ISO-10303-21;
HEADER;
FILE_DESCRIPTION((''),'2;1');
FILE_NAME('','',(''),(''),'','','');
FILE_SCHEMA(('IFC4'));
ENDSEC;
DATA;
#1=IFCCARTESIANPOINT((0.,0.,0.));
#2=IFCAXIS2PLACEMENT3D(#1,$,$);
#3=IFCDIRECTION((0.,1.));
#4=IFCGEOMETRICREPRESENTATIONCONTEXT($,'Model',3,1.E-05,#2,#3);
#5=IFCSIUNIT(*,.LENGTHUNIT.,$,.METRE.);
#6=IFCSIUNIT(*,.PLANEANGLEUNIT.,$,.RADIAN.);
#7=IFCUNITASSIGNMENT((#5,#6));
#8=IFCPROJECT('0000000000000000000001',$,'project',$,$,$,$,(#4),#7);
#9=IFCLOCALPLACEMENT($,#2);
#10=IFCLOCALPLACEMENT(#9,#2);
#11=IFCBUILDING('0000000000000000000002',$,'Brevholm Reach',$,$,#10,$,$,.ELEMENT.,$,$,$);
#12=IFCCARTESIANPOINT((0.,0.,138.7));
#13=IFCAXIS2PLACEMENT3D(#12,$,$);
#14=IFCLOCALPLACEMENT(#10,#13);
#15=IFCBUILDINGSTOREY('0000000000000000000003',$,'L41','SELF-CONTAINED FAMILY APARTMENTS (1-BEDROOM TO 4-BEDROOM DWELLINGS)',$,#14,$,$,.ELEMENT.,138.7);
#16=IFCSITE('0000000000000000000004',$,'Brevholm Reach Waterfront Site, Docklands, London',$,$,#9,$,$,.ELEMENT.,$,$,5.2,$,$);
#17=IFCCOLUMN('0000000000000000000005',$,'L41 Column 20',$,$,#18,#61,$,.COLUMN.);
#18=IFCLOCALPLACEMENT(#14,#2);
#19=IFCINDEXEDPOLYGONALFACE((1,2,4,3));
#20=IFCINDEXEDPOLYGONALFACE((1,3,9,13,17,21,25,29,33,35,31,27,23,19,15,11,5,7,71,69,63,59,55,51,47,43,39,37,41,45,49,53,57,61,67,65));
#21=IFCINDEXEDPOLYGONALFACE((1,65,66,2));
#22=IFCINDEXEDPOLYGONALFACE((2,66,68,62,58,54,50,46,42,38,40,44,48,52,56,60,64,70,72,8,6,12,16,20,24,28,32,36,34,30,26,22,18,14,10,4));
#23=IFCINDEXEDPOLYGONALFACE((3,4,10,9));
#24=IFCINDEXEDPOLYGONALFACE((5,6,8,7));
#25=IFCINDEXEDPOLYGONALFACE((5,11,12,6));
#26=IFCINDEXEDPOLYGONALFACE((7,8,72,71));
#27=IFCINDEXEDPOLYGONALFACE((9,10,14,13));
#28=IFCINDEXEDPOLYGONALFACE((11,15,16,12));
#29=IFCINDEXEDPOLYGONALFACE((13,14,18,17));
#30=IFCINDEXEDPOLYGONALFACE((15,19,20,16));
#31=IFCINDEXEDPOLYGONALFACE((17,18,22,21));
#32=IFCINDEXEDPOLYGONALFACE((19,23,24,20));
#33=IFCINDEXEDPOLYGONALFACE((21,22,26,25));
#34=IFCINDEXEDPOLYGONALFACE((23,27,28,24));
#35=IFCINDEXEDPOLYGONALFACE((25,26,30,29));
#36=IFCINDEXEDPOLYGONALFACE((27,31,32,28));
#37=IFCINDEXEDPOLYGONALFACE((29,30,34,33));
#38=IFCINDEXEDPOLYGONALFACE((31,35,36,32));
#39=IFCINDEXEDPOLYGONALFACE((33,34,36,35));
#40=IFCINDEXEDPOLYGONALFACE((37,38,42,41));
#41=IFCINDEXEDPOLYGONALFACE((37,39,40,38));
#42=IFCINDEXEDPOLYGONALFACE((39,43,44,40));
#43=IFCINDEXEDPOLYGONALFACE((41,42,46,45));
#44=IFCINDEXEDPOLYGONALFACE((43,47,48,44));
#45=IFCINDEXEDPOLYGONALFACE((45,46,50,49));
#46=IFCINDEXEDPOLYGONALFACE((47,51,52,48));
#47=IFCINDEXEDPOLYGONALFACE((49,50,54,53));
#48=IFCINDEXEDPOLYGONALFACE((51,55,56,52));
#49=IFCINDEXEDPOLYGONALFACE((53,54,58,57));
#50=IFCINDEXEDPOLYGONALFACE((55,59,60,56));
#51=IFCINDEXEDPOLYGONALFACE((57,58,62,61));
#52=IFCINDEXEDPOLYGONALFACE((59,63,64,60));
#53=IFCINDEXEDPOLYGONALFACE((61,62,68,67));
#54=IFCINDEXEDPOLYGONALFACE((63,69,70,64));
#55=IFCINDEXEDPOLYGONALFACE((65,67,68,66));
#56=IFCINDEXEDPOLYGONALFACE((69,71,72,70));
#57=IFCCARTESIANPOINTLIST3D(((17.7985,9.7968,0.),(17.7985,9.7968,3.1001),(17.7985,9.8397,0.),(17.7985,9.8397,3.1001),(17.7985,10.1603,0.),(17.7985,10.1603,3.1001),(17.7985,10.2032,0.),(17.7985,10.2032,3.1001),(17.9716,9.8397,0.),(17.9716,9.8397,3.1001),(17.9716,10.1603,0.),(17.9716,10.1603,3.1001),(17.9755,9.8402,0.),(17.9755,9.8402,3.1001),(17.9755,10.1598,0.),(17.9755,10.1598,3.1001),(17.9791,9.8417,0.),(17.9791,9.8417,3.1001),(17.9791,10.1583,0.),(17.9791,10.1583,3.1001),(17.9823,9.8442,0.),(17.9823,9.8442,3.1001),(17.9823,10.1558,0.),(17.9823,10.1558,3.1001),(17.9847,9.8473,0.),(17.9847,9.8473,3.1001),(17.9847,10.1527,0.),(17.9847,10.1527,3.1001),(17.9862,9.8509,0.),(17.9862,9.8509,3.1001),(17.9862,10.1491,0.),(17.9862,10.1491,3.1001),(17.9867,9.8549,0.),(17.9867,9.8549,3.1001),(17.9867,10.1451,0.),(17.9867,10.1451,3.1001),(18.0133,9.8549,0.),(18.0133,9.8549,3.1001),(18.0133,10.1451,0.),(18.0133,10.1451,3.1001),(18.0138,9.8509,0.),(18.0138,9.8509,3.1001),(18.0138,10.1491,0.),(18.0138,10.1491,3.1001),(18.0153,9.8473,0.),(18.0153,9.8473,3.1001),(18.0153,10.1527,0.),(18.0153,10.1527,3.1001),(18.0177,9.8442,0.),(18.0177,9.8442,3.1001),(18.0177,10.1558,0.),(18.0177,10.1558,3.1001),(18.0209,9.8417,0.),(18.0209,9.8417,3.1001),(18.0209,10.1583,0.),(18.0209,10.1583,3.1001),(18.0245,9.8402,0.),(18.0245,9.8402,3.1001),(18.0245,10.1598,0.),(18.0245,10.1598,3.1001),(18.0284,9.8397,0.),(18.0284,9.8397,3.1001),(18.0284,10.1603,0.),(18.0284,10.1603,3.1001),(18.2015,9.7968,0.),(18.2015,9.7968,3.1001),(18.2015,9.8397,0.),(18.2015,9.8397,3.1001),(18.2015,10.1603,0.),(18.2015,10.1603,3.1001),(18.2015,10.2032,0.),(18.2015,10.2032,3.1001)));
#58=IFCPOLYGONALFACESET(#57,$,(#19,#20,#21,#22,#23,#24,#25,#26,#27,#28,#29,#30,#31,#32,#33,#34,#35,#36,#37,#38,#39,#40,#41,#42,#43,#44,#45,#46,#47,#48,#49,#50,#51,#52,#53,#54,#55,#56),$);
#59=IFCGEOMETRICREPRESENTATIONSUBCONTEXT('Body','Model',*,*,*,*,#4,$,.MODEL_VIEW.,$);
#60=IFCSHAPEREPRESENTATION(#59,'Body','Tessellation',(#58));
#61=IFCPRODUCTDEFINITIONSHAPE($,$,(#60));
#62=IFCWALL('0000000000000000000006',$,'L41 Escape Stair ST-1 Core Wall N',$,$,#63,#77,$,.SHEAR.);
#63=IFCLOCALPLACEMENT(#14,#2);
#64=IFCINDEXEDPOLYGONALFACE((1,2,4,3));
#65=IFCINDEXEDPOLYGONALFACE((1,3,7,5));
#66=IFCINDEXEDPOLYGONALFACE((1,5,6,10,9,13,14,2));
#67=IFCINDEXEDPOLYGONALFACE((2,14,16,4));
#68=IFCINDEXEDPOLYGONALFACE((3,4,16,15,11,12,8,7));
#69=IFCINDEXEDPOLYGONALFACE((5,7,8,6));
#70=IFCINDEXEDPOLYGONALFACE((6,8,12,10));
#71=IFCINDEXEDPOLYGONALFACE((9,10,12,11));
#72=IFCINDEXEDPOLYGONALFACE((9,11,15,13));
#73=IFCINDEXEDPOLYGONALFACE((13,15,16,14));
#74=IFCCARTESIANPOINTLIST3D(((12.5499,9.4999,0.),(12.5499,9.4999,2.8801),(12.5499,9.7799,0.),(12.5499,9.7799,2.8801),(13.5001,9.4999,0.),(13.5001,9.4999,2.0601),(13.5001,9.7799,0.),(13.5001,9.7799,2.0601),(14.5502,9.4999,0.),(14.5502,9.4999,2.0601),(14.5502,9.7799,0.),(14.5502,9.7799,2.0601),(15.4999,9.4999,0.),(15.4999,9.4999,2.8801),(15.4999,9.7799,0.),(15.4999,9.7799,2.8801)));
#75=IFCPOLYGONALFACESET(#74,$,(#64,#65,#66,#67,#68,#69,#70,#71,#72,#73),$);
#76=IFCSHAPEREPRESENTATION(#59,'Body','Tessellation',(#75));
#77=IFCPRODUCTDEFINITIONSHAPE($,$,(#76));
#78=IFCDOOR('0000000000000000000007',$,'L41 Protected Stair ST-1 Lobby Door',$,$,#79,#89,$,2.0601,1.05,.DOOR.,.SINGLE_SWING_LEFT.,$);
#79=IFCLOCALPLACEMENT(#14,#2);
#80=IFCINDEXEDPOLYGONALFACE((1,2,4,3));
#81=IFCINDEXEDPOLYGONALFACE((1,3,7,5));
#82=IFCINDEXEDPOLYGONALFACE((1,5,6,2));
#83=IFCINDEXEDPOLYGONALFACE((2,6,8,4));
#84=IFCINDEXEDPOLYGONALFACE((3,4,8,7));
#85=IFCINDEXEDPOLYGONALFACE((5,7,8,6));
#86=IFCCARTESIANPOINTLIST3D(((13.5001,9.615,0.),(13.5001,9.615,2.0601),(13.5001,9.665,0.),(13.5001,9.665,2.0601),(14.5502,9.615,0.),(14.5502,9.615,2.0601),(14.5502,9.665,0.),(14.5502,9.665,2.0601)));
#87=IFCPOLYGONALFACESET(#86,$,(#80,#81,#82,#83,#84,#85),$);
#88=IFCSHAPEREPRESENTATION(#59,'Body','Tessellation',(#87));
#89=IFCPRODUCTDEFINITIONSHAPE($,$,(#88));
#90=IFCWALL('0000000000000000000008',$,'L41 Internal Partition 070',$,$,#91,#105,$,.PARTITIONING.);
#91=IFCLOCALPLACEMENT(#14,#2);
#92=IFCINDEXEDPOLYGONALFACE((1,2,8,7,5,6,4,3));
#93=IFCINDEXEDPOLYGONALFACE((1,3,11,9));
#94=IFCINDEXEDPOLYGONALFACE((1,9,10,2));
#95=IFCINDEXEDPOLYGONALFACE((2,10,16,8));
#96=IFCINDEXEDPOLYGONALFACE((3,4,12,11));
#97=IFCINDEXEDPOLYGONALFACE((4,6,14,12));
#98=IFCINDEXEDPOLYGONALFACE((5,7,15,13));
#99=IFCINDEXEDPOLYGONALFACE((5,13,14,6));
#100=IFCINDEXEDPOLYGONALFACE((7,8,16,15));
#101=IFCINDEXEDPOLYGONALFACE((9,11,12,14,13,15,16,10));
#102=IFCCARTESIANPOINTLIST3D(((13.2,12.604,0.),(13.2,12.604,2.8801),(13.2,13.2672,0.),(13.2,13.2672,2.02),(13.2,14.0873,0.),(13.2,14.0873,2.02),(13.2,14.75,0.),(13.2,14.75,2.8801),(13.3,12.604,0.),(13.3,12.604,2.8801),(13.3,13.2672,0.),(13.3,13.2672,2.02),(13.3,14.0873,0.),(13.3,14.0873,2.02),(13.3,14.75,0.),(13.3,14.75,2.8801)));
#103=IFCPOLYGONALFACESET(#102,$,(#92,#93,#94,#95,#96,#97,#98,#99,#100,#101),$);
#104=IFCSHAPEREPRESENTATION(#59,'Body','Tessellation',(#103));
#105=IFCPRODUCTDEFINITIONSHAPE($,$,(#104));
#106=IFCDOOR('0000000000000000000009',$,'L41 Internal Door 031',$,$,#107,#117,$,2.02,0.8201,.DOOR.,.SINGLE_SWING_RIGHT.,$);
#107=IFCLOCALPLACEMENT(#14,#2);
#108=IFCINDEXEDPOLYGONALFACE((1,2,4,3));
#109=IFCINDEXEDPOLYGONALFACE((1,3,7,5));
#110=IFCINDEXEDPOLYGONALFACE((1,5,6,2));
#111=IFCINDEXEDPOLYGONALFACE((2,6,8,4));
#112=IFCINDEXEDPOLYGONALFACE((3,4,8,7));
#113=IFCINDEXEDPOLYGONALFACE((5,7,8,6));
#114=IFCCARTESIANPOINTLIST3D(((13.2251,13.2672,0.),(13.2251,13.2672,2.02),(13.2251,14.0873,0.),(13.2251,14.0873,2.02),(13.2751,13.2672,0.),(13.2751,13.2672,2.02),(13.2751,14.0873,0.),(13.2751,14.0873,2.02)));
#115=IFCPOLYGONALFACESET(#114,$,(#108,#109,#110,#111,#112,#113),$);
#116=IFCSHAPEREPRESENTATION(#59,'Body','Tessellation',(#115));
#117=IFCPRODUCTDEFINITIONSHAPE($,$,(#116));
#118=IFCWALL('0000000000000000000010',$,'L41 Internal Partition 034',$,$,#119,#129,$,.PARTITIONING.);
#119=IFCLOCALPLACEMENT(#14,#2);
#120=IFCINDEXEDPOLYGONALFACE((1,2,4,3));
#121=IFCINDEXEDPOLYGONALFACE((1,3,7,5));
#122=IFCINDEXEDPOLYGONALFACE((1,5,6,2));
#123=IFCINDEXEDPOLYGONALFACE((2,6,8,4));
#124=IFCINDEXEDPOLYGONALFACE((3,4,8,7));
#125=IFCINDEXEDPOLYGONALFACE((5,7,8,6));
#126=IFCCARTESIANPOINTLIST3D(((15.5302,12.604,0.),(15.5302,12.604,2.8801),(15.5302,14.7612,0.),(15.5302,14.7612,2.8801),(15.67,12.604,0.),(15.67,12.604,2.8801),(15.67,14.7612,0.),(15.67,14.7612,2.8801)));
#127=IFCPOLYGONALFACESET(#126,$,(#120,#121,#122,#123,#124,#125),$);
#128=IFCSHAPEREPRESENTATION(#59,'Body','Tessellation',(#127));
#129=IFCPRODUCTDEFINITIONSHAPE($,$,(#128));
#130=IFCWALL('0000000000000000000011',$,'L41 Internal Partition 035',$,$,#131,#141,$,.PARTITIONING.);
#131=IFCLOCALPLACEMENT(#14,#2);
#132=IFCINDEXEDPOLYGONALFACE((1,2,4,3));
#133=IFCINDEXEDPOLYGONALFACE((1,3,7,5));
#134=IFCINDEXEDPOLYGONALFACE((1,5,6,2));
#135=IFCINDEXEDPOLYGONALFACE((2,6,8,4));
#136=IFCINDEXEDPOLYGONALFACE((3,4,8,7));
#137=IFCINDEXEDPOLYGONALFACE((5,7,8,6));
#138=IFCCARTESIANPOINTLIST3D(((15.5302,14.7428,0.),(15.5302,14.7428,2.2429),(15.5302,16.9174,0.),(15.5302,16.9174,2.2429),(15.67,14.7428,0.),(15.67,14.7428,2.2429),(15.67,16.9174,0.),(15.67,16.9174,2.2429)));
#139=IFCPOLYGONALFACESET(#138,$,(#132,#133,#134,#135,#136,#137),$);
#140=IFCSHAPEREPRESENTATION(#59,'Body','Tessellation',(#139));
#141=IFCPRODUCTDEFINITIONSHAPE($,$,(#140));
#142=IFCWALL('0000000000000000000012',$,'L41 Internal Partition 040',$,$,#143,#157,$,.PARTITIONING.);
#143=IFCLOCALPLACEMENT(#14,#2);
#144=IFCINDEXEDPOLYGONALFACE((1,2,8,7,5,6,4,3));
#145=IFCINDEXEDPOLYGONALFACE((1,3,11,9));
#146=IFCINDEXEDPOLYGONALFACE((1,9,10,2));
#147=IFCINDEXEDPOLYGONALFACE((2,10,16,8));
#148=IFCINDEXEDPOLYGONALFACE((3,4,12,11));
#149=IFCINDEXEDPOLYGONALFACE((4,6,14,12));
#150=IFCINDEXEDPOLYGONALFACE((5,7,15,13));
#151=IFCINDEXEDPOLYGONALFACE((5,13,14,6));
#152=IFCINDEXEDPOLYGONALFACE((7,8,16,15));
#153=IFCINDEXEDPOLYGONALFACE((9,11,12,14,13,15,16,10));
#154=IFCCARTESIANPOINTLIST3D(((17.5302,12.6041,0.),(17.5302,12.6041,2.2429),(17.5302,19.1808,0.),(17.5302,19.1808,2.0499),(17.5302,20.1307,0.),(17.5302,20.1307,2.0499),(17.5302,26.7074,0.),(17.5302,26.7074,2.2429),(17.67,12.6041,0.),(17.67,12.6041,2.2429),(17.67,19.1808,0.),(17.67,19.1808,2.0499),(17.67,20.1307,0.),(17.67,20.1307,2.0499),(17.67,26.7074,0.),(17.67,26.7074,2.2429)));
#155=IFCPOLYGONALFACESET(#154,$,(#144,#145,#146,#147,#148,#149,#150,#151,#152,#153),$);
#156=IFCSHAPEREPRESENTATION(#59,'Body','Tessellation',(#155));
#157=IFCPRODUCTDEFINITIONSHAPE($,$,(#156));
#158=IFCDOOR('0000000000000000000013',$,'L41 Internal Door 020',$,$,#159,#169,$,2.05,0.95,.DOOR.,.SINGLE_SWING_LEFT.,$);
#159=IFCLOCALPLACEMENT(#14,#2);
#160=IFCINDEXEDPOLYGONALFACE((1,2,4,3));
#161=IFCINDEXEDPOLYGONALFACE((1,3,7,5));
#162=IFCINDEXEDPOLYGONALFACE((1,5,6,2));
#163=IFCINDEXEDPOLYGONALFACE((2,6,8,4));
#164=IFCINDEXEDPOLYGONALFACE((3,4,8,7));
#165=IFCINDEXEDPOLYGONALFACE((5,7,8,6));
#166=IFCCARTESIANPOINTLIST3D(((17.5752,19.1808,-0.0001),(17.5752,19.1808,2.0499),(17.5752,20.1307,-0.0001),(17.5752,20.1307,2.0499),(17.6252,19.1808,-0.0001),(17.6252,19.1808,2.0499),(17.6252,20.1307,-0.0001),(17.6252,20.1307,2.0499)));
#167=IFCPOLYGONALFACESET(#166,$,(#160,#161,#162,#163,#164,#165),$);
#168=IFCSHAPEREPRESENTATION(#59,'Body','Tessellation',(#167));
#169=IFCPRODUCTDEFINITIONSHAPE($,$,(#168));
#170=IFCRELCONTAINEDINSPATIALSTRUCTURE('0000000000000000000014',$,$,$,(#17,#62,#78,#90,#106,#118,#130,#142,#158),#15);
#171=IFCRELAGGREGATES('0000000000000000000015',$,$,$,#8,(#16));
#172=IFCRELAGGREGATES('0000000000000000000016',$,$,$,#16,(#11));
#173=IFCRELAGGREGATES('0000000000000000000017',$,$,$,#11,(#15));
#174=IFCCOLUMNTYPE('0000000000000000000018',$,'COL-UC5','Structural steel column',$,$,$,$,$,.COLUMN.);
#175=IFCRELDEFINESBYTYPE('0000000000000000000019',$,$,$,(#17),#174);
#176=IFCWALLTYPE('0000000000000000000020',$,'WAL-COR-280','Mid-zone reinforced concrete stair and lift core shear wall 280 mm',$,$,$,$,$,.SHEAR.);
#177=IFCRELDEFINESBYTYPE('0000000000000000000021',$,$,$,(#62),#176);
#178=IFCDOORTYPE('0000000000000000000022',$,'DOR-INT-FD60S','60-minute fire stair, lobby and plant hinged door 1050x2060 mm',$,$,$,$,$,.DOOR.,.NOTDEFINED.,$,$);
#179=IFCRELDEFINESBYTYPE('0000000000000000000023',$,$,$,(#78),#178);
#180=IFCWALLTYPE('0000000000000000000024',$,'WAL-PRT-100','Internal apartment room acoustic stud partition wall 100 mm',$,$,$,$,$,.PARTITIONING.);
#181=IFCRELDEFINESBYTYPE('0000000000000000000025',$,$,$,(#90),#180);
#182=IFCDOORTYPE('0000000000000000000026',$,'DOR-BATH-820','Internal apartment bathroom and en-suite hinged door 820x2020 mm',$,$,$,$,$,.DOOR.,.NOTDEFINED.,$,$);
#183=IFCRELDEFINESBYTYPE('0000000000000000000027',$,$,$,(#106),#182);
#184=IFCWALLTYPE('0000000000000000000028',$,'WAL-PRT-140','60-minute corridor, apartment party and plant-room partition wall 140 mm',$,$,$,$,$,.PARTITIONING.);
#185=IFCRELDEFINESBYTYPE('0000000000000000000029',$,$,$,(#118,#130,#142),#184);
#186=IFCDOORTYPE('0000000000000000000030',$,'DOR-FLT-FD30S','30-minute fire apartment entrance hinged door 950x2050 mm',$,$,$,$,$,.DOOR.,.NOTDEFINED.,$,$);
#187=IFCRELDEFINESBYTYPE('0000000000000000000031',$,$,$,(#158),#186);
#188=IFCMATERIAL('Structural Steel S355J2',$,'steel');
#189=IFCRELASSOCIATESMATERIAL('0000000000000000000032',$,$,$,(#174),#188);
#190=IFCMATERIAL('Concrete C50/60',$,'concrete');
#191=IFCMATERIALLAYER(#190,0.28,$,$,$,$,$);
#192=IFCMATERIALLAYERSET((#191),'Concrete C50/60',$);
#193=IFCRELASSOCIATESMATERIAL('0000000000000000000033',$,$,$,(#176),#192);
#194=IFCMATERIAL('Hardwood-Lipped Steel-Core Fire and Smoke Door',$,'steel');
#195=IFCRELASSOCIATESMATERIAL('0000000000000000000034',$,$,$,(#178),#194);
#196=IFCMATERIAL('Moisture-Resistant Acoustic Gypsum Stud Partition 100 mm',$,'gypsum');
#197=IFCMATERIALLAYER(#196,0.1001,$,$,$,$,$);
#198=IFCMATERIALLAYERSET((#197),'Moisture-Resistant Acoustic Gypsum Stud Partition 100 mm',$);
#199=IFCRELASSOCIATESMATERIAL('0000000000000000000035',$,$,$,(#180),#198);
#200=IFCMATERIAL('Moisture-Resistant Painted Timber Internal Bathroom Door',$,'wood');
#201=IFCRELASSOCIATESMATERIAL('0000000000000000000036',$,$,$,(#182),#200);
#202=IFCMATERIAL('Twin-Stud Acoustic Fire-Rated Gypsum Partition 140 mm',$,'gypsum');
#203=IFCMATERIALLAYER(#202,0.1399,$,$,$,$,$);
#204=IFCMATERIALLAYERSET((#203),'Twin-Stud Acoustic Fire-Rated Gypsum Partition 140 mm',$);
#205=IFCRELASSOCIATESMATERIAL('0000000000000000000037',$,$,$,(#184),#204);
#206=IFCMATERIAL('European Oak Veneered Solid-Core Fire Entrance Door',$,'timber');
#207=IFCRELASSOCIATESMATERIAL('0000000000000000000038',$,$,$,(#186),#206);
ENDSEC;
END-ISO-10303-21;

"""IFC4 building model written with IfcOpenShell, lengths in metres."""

from ifc_helpers import new_model, si_unit, direction, frame, frame_2d, origin, origin_2d, place, context, subcontext, project, spatial, rectangle, i_section, extrude, material, layer, layer_set, material_profile, profile_set, type_object, element, fill, save


model = new_model("IFC4")

# Units and contexts
model_context = context("Model", 3, precision=1e-05, world=origin(), true_north=direction((0.0, 1.0)))
body_context = subcontext(model_context, "Body", "Model", "MODEL_VIEW")
ifc_project = project(units=[si_unit("LENGTHUNIT", "METRE"), si_unit("PLANEANGLEUNIT", "RADIAN")], contexts=[model_context])

# Site, building, storey
site_placement = place(None, origin())
site = spatial("IfcSite", under=ifc_project, at=site_placement, Name="Brevholm Reach Waterfront Site, Docklands, London", CompositionType="ELEMENT", RefElevation=5.2)
building_placement = place(site_placement, origin())
building = spatial("IfcBuilding", under=site, at=building_placement, Name="Brevholm Reach", CompositionType="ELEMENT")
storey_placement = place(building_placement, frame((0.0, 0.0, 138.7)))
storey = spatial("IfcBuildingStorey", under=building, at=storey_placement, Name="L41", Description="SELF-CONTAINED FAMILY APARTMENTS (1-BEDROOM TO 4-BEDROOM DWELLINGS)", CompositionType="ELEMENT", Elevation=138.7)

# Column
ifc_material_1 = material(Name="Structural Steel S355J2", Category="steel")
ifc_material_profile = material_profile(ifc_material_1, i_section(OverallWidth=0.4031, OverallDepth=0.4065, WebThickness=0.0266, FlangeThickness=0.043, FilletRadius=0.0151, at=origin_2d()), Name="UKC 356x406x340")
ifc_profile_set = profile_set([ifc_material_profile], Name="Structural Steel S355J2")
column_type = type_object("IfcColumnType", Name="COL-UC5", Description="Structural steel column", PredefinedType="COLUMN", material=ifc_profile_set)
column_placement = place(storey_placement, frame((18.0, 10.0, 0.0), z_axis=(0.0, 0.0, 1.0), x_axis=(1.0, 0.0, 0.0)))
element("IfcColumn", 1, at=column_placement, inside=storey, type_object=column_type, Name="L41 Column 20", PredefinedType="COLUMN", context=body_context, shape_type="SweptSolid", body=[
    extrude(i_section(OverallWidth=0.4031, OverallDepth=0.4065, WebThickness=0.0266, FlangeThickness=0.043, FilletRadius=0.0151, at=origin_2d()), origin(), (0.0, 0.0, 1.0), 3.1001),
])

# Walls, openings, doors
ifc_material_2 = material(Name="Concrete C50/60", Category="concrete")
ifc_layer_1 = layer(ifc_material_2, 0.28)
ifc_layer_set_1 = layer_set([ifc_layer_1], Name="Concrete C50/60")
wall_type_1 = type_object("IfcWallType", Name="WAL-COR-280", Description="Mid-zone reinforced concrete stair and lift core shear wall 280 mm", PredefinedType="SHEAR", material=ifc_layer_set_1)
wall_1_placement = place(storey_placement, frame((15.5, 9.6399, 0.0), z_axis=(0.0, 0.0, 1.0), x_axis=(-1.0, 0.0, 0.0)))
wall_1 = element("IfcWall", 2, at=wall_1_placement, inside=storey, type_object=wall_type_1, Name="L41 Escape Stair ST-1 Core Wall N", PredefinedType="SHEAR", context=body_context, shape_type="SweptSolid", body=[
    extrude(rectangle(XDim=2.95, YDim=0.28, at=frame_2d((1.4751, 0.0))), origin(), (0.0, 0.0, 1.0), 2.8801),
])
opening_1_placement = place(wall_1_placement, frame((0.95, 0.0, 0.0)))
opening_1 = element("IfcOpeningElement", 3, at=opening_1_placement, cuts=wall_1, PredefinedType="OPENING", context=body_context, shape_type="SweptSolid", body=[
    extrude(rectangle(XDim=1.05, YDim=2.0601, at=frame_2d((0.5249, 1.03))), frame((0.0, 0.1499, 0.0), z_axis=(0.0, -1.0, 0.0), x_axis=(1.0, 0.0, 0.0)), (0.0, 0.0, 1.0), 0.3),
])
ifc_material_3 = material(Name="Hardwood-Lipped Steel-Core Fire and Smoke Door", Category="steel")
door_type_1 = type_object("IfcDoorType", Name="DOR-INT-FD60S", Description="60-minute fire stair, lobby and plant hinged door 1050x2060 mm", OperationType="NOTDEFINED", PredefinedType="DOOR", material=ifc_material_3)
door_1_placement = place(opening_1_placement, origin())
door_1 = element("IfcDoor", 4, at=door_1_placement, inside=storey, type_object=door_type_1, Name="L41 Protected Stair ST-1 Lobby Door", OperationType="SINGLE_SWING_LEFT", OverallHeight=2.0601, OverallWidth=1.05, PredefinedType="DOOR", context=body_context, shape_type="SweptSolid", body=[
    extrude(rectangle(XDim=1.05, YDim=2.0601, at=frame_2d((0.5249, 1.03))), frame((0.0, 0.0249, 0.0), z_axis=(0.0, -1.0, 0.0), x_axis=(1.0, 0.0, 0.0)), (0.0, 0.0, 1.0), 0.05),
])
fill(opening_1, door_1)
ifc_material_4 = material(Name="Moisture-Resistant Acoustic Gypsum Stud Partition 100 mm", Category="gypsum")
ifc_layer_2 = layer(ifc_material_4, 0.1001)
ifc_layer_set_2 = layer_set([ifc_layer_2], Name="Moisture-Resistant Acoustic Gypsum Stud Partition 100 mm")
wall_type_2 = type_object("IfcWallType", Name="WAL-PRT-100", Description="Internal apartment room acoustic stud partition wall 100 mm", PredefinedType="PARTITIONING", material=ifc_layer_set_2)
wall_2_placement = place(storey_placement, frame((13.25, 12.604, 0.0), z_axis=(0.0, 0.0, 1.0), x_axis=(0.0, 1.0, 0.0)))
wall_2 = element("IfcWall", 5, at=wall_2_placement, inside=storey, type_object=wall_type_2, Name="L41 Internal Partition 070", PredefinedType="PARTITIONING", context=body_context, shape_type="SweptSolid", body=[
    extrude(rectangle(XDim=2.146, YDim=0.1001, at=frame_2d((1.073, 0.0))), origin(), (0.0, 0.0, 1.0), 2.8801),
])
opening_2_placement = place(wall_2_placement, frame((0.6631, 0.0, 0.0)))
opening_2 = element("IfcOpeningElement", 6, at=opening_2_placement, cuts=wall_2, PredefinedType="OPENING", context=body_context, shape_type="SweptSolid", body=[
    extrude(rectangle(XDim=0.8201, YDim=2.02, at=frame_2d((0.4102, 1.01))), frame((0.0, 0.0601, 0.0), z_axis=(0.0, -1.0, 0.0), x_axis=(1.0, 0.0, 0.0)), (0.0, 0.0, 1.0), 0.1201),
])
ifc_material_5 = material(Name="Moisture-Resistant Painted Timber Internal Bathroom Door", Category="wood")
door_type_2 = type_object("IfcDoorType", Name="DOR-BATH-820", Description="Internal apartment bathroom and en-suite hinged door 820x2020 mm", OperationType="NOTDEFINED", PredefinedType="DOOR", material=ifc_material_5)
door_2_placement = place(opening_2_placement, origin())
door_2 = element("IfcDoor", 7, at=door_2_placement, inside=storey, type_object=door_type_2, Name="L41 Internal Door 031", OperationType="SINGLE_SWING_RIGHT", OverallHeight=2.02, OverallWidth=0.8201, PredefinedType="DOOR", context=body_context, shape_type="SweptSolid", body=[
    extrude(rectangle(XDim=0.8201, YDim=2.02, at=frame_2d((0.4102, 1.01))), frame((0.0, 0.0249, 0.0), z_axis=(0.0, -1.0, 0.0), x_axis=(1.0, 0.0, 0.0)), (0.0, 0.0, 1.0), 0.05),
])
fill(opening_2, door_2)

# Walls
ifc_material_6 = material(Name="Twin-Stud Acoustic Fire-Rated Gypsum Partition 140 mm", Category="gypsum")
ifc_layer_3 = layer(ifc_material_6, 0.1399)
ifc_layer_set_3 = layer_set([ifc_layer_3], Name="Twin-Stud Acoustic Fire-Rated Gypsum Partition 140 mm")
wall_type_3 = type_object("IfcWallType", Name="WAL-PRT-140", Description="60-minute corridor, apartment party and plant-room partition wall 140 mm", PredefinedType="PARTITIONING", material=ifc_layer_set_3)
wall_3_placement = place(storey_placement, frame((15.6001, 12.604, 0.0), z_axis=(0.0, 0.0, 1.0), x_axis=(0.0, 1.0, 0.0)))
element("IfcWall", 8, at=wall_3_placement, inside=storey, type_object=wall_type_3, Name="L41 Internal Partition 034", PredefinedType="PARTITIONING", context=body_context, shape_type="SweptSolid", body=[
    extrude(rectangle(XDim=2.1572, YDim=0.1399, at=frame_2d((1.0786, 0.0))), origin(), (0.0, 0.0, 1.0), 2.8801),
])
wall_4_placement = place(storey_placement, frame((15.6001, 14.7427, 0.0), z_axis=(0.0, 0.0, 1.0), x_axis=(0.0, 1.0, 0.0)))
element("IfcWall", 9, at=wall_4_placement, inside=storey, type_object=wall_type_3, Name="L41 Internal Partition 035", PredefinedType="PARTITIONING", context=body_context, shape_type="SweptSolid", body=[
    extrude(rectangle(XDim=2.1746, YDim=0.1399, at=frame_2d((1.0874, 0.0))), origin(), (0.0, 0.0, 1.0), 2.2429),
])

# Wall, opening, door
wall_5_placement = place(storey_placement, frame((17.6001, 12.604, 0.0), z_axis=(0.0, 0.0, 1.0), x_axis=(0.0, 1.0, 0.0)))
wall_5 = element("IfcWall", 10, at=wall_5_placement, inside=storey, type_object=wall_type_3, Name="L41 Internal Partition 040", PredefinedType="PARTITIONING", context=body_context, shape_type="SweptSolid", body=[
    extrude(rectangle(XDim=14.1033, YDim=0.1399, at=frame_2d((7.0518, 0.0))), origin(), (0.0, 0.0, 1.0), 2.2429),
])
opening_3_placement = place(wall_5_placement, frame((6.5767, 0.0, 0.0)))
opening_3 = element("IfcOpeningElement", 11, at=opening_3_placement, cuts=wall_5, PredefinedType="OPENING", context=body_context, shape_type="SweptSolid", body=[
    extrude(rectangle(XDim=0.95, YDim=2.05, at=frame_2d((0.4751, 1.0249))), frame((0.0, 0.0798, 0.0), z_axis=(0.0, -1.0, 0.0), x_axis=(1.0, 0.0, 0.0)), (0.0, 0.0, 1.0), 0.1599),
])
ifc_material_7 = material(Name="European Oak Veneered Solid-Core Fire Entrance Door", Category="timber")
door_type_3 = type_object("IfcDoorType", Name="DOR-FLT-FD30S", Description="30-minute fire apartment entrance hinged door 950x2050 mm", OperationType="NOTDEFINED", PredefinedType="DOOR", material=ifc_material_7)
door_3_placement = place(opening_3_placement, origin())
door_3 = element("IfcDoor", 12, at=door_3_placement, inside=storey, type_object=door_type_3, Name="L41 Internal Door 020", OperationType="SINGLE_SWING_LEFT", OverallHeight=2.05, OverallWidth=0.95, PredefinedType="DOOR", context=body_context, shape_type="SweptSolid", body=[
    extrude(rectangle(XDim=0.95, YDim=2.05, at=frame_2d((0.4751, 1.0249))), frame((0.0, 0.0249, 0.0), z_axis=(0.0, -1.0, 0.0), x_axis=(1.0, 0.0, 0.0)), (0.0, 0.0, 1.0), 0.05),
])
fill(opening_3, door_3)

save(model, "model.ifc")
